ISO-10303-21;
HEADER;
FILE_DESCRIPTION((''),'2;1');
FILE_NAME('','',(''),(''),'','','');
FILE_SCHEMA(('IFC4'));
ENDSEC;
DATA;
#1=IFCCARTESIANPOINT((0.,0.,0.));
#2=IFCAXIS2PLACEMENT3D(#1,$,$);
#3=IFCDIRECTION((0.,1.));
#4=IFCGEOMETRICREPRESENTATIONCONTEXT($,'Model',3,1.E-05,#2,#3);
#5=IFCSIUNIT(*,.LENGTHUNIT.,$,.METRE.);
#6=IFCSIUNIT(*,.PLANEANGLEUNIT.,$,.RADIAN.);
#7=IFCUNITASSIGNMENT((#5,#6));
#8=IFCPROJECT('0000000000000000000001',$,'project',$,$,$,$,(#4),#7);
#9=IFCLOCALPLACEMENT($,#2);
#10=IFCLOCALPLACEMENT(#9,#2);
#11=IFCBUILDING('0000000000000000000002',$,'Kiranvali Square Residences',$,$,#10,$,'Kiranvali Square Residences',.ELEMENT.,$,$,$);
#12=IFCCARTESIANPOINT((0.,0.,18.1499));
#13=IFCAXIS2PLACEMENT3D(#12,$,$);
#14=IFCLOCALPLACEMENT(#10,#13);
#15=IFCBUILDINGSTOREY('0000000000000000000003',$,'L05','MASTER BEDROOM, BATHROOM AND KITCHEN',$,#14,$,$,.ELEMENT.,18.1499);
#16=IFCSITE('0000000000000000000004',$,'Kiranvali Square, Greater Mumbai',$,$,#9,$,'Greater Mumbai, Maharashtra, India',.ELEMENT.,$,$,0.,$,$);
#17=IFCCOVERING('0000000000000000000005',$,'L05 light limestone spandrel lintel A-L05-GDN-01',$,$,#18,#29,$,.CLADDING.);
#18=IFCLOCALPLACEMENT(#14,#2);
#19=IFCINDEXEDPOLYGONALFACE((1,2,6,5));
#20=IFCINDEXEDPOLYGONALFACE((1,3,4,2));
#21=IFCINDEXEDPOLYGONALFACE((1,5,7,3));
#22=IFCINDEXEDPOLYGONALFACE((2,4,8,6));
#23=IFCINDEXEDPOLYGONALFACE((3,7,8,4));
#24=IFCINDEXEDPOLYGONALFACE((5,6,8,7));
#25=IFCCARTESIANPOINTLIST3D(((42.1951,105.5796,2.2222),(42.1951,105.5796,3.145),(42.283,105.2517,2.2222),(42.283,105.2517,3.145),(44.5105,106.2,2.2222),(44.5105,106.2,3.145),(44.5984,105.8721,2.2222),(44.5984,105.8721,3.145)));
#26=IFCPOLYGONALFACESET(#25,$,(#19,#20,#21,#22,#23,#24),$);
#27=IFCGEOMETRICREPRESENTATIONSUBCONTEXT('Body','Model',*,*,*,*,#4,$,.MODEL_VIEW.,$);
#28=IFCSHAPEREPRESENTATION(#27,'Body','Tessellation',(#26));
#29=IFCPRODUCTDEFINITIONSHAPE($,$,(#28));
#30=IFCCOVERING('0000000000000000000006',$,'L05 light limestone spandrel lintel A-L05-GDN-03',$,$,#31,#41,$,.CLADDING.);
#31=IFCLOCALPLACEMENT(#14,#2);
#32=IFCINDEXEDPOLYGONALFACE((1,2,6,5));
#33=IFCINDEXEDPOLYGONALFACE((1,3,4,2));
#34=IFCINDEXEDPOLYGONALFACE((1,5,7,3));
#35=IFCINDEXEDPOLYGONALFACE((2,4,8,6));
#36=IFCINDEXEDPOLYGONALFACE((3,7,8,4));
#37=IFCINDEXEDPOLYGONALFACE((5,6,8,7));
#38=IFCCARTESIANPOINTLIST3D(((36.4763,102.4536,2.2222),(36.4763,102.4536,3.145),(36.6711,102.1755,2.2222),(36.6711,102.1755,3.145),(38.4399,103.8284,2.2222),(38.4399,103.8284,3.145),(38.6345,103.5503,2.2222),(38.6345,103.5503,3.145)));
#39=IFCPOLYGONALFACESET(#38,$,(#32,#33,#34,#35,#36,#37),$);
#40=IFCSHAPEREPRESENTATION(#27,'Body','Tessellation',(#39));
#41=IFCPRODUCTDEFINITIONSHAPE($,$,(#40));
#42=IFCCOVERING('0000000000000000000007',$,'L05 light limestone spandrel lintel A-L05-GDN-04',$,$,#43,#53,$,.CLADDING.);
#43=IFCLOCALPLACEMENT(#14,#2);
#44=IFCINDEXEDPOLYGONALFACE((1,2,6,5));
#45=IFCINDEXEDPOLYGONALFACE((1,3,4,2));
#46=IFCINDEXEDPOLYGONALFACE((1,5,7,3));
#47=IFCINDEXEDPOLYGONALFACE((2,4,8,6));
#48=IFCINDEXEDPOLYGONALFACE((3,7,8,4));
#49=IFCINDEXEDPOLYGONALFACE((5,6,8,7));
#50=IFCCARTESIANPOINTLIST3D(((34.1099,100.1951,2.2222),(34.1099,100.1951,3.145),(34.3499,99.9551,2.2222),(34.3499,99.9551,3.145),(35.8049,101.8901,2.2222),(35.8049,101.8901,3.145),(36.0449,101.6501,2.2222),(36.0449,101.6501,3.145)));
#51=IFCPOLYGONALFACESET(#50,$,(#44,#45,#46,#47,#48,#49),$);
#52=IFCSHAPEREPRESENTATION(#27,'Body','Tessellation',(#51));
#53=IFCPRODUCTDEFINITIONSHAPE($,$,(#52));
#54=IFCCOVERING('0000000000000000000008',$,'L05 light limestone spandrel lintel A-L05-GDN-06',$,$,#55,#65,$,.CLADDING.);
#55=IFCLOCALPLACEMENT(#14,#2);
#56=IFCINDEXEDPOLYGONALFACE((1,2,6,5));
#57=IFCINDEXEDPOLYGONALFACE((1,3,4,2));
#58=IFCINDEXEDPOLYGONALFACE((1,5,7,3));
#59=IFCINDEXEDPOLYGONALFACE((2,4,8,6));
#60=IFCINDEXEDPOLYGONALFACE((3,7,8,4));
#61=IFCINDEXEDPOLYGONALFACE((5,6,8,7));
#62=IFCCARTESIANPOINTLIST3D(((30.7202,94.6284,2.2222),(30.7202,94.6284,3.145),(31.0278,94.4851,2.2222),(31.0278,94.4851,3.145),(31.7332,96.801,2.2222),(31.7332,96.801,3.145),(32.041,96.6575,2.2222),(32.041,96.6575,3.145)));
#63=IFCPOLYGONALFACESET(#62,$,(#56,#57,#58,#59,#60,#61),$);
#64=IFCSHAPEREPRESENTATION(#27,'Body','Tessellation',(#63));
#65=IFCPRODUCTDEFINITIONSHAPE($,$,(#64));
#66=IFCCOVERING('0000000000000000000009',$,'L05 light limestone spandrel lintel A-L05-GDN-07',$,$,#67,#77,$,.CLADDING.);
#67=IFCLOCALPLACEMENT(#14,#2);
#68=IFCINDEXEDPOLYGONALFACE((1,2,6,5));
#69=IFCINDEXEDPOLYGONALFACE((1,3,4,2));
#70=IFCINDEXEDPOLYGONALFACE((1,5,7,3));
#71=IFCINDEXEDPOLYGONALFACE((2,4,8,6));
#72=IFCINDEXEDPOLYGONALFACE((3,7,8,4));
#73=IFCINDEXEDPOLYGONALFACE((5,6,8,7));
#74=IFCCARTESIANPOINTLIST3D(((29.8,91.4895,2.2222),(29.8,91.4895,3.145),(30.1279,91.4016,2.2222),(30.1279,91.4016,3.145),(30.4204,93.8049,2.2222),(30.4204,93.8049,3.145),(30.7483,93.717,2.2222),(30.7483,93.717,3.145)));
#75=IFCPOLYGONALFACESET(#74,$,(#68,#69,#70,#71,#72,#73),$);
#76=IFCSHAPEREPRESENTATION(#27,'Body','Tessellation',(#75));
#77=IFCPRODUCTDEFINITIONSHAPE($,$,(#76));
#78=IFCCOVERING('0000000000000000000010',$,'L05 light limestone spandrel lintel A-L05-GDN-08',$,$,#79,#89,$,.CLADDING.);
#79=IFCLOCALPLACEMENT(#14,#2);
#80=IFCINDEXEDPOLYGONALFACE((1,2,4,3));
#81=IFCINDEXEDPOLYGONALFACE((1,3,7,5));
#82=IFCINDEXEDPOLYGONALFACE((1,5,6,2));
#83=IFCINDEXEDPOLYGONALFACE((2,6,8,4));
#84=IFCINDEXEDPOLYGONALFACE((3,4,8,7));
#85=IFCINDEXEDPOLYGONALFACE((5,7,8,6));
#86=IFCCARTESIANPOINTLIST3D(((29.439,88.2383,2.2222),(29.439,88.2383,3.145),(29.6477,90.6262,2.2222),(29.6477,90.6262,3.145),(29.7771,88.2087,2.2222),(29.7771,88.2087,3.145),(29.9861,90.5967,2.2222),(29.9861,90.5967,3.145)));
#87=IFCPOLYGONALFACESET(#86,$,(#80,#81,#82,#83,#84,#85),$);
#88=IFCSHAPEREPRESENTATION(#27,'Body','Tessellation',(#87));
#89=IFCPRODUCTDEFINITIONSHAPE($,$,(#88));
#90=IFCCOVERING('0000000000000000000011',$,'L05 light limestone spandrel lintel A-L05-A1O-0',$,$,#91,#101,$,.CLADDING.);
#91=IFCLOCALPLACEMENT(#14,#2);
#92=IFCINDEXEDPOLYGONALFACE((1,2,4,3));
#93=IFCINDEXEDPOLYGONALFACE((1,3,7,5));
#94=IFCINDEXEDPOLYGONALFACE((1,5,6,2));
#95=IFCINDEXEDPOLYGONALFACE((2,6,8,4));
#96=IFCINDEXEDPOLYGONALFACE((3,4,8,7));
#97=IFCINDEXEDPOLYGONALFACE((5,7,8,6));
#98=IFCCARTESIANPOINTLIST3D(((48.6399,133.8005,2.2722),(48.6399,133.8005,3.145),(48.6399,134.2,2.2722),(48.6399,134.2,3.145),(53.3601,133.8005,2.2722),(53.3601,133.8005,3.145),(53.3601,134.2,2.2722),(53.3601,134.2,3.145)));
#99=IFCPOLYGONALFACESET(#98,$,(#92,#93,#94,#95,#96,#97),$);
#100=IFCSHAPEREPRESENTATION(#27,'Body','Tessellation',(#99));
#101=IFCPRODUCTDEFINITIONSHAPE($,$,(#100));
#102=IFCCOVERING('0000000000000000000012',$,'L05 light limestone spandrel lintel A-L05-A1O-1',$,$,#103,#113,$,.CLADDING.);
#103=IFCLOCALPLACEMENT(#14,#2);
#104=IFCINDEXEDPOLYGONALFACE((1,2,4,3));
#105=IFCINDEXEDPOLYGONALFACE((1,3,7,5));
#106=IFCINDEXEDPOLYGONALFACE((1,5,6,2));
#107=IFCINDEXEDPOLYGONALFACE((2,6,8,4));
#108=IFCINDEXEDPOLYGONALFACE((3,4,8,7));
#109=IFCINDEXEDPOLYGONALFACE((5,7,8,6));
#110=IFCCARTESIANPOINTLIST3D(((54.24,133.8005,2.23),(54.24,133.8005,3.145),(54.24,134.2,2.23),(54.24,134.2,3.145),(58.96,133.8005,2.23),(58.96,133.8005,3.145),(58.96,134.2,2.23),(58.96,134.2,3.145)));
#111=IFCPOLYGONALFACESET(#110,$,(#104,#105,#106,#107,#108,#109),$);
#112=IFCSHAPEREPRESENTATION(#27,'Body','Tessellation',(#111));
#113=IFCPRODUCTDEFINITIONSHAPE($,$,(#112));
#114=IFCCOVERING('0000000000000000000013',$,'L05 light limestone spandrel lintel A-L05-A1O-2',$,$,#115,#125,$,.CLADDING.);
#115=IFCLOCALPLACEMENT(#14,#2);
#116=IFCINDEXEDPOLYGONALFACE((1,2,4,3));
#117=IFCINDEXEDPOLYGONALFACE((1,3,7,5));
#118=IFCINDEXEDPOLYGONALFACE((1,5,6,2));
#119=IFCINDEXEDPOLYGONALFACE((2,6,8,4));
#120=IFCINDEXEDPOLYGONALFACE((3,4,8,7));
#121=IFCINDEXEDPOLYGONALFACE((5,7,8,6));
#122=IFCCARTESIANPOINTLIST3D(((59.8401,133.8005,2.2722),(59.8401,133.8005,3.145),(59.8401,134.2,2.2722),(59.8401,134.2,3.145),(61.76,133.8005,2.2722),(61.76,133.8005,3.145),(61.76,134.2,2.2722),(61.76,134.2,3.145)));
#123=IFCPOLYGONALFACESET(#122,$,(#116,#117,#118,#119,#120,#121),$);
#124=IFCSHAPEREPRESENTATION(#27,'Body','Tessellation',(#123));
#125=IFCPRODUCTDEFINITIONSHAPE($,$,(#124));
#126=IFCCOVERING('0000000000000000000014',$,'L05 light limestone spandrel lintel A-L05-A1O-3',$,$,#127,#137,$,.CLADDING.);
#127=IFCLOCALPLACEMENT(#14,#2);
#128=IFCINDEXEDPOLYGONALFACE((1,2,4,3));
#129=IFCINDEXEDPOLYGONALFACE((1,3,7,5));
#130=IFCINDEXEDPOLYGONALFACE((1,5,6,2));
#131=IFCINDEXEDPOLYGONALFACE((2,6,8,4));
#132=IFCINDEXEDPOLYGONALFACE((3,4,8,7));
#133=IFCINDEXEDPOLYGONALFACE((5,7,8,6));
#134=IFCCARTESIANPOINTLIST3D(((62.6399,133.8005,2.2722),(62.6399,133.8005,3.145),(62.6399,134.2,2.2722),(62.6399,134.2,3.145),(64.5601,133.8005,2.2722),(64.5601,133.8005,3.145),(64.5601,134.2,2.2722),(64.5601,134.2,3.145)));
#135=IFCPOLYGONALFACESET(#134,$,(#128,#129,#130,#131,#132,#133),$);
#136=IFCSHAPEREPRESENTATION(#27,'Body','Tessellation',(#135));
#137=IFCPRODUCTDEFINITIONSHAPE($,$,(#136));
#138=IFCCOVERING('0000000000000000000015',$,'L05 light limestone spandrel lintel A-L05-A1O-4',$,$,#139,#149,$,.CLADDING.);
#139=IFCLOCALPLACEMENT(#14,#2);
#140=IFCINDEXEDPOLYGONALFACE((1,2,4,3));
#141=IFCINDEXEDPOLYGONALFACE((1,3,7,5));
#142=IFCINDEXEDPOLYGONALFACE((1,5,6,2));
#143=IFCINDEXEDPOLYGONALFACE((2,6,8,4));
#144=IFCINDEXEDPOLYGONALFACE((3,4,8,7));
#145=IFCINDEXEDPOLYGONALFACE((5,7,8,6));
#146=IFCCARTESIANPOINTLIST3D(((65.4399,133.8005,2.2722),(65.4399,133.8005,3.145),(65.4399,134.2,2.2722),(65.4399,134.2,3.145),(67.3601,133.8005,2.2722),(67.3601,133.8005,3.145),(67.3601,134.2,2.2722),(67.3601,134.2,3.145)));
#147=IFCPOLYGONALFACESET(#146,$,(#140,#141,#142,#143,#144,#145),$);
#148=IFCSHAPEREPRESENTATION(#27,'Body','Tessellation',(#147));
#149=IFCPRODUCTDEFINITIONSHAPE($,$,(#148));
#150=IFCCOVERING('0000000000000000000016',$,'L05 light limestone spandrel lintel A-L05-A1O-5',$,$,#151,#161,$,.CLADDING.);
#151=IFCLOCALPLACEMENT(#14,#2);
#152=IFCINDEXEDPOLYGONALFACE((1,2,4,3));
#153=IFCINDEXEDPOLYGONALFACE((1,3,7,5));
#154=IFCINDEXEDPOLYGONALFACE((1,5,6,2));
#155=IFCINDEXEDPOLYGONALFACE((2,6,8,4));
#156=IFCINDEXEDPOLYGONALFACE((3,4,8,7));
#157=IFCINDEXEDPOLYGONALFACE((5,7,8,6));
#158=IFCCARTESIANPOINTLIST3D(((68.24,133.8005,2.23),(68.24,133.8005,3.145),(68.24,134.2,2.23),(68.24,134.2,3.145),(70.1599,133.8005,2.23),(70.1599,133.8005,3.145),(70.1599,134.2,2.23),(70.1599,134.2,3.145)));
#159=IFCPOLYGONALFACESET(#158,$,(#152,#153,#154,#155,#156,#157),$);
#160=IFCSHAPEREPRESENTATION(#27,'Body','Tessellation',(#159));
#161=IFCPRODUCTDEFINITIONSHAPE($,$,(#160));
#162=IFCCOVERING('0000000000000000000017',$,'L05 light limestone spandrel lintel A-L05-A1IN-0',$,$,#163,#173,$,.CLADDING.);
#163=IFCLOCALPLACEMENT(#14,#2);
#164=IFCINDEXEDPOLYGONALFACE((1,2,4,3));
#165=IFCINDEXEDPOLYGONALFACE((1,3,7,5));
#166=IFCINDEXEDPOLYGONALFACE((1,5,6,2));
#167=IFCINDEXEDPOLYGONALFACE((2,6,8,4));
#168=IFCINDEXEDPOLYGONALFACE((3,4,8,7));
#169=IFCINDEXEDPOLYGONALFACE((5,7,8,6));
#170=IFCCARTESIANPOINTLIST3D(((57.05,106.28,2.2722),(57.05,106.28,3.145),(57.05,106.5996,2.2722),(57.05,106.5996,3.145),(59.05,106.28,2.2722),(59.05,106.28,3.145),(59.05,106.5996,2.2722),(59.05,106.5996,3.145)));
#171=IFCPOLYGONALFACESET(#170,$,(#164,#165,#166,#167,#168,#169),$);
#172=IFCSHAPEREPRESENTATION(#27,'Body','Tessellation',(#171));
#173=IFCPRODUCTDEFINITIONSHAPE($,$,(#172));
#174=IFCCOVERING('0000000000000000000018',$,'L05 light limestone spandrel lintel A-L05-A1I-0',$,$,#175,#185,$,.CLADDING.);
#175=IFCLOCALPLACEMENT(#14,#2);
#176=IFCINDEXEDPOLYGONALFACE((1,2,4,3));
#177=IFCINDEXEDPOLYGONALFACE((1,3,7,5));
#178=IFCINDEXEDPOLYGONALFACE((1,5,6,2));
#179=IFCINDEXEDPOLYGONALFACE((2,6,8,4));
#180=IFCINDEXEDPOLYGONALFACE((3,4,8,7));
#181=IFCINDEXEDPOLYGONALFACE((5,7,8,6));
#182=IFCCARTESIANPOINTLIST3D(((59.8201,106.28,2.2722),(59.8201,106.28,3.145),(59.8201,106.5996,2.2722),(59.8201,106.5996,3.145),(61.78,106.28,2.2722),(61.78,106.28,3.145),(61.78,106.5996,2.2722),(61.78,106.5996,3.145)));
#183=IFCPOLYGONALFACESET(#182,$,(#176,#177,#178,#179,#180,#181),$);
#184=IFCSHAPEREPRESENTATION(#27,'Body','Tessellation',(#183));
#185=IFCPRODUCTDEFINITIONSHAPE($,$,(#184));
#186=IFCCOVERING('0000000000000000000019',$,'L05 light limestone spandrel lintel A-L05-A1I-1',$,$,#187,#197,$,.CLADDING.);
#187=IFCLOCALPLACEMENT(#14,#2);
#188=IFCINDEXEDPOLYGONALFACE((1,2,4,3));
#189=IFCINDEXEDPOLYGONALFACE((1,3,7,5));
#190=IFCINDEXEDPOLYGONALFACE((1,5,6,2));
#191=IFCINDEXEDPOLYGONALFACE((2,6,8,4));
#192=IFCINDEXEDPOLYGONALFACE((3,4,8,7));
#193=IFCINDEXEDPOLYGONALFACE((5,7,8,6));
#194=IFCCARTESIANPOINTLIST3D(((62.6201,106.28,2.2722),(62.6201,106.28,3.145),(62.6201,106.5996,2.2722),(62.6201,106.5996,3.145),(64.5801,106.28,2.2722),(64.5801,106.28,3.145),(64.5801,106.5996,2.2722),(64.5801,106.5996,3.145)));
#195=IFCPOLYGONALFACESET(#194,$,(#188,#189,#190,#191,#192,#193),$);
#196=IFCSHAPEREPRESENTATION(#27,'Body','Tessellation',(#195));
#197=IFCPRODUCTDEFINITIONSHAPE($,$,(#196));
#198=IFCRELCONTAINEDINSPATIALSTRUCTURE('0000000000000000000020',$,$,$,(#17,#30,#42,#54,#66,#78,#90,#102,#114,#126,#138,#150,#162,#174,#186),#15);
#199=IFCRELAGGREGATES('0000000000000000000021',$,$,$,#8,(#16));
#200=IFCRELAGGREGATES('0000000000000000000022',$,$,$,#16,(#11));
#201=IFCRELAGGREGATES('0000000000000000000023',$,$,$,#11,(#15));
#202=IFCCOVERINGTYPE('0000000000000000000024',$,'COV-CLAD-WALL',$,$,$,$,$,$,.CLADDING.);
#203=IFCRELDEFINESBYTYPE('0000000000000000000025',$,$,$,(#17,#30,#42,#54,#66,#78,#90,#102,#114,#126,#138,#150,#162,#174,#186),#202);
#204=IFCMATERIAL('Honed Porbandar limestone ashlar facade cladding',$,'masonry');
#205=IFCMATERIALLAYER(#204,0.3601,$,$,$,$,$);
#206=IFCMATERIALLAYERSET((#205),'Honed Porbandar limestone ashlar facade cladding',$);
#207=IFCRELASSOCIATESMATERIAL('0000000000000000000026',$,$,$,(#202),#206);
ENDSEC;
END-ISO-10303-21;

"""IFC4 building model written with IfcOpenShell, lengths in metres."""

from ifc_helpers import new_model, si_unit, direction, frame, origin, place, context, subcontext, project, spatial, polyline, outline, extrude, material, layer, layer_set, type_object, element, save


model = new_model("IFC4")

# Units and contexts
model_context = context("Model", 3, precision=1e-05, world=origin(), true_north=direction((0.0, 1.0)))
body_context = subcontext(model_context, "Body", "Model", "MODEL_VIEW")
ifc_project = project(units=[si_unit("LENGTHUNIT", "METRE"), si_unit("PLANEANGLEUNIT", "RADIAN")], contexts=[model_context])

# Site, building, storey
site_placement = place(None, origin())
site = spatial("IfcSite", under=ifc_project, at=site_placement, Name="Kiranvali Square, Greater Mumbai", LongName="Greater Mumbai, Maharashtra, India", CompositionType="ELEMENT", RefElevation=0.0)
building_placement = place(site_placement, origin())
building = spatial("IfcBuilding", under=site, at=building_placement, Name="Kiranvali Square Residences", LongName="Kiranvali Square Residences", CompositionType="ELEMENT")
storey_placement = place(building_placement, frame((0.0, 0.0, 18.1499)))
storey = spatial("IfcBuildingStorey", under=building, at=storey_placement, Name="L05", Description="MASTER BEDROOM, BATHROOM AND KITCHEN", CompositionType="ELEMENT", Elevation=18.1499)

# Coverings
ifc_material = material(Name="Honed Porbandar limestone ashlar facade cladding", Category="masonry")
ifc_layer = layer(ifc_material, 0.3601)
ifc_layer_set = layer_set([ifc_layer], Name="Honed Porbandar limestone ashlar facade cladding")
covering_type = type_object("IfcCoveringType", Name="COV-CLAD-WALL", PredefinedType="CLADDING", material=ifc_layer_set)
covering_1_placement = place(storey_placement, frame((0.0, 0.0, 2.2222)))
element("IfcCovering", 1, at=covering_1_placement, inside=storey, type_object=covering_type, Name="L05 light limestone spandrel lintel A-L05-GDN-01", PredefinedType="CLADDING", context=body_context, shape_type="SweptSolid", body=[
    extrude(outline(polyline([(44.5105, 106.2), (42.1951, 105.5796), (42.283, 105.2517), (44.5984, 105.8721), (44.5105, 106.2)])), origin(), (0.0, 0.0, 1.0), 0.9229),
])
covering_2_placement = place(storey_placement, frame((0.0, 0.0, 2.2222)))
element("IfcCovering", 2, at=covering_2_placement, inside=storey, type_object=covering_type, Name="L05 light limestone spandrel lintel A-L05-GDN-03", PredefinedType="CLADDING", context=body_context, shape_type="SweptSolid", body=[
    extrude(outline(polyline([(38.4399, 103.8284), (36.4763, 102.4536), (36.6711, 102.1755), (38.6345, 103.5503), (38.4399, 103.8284)])), origin(), (0.0, 0.0, 1.0), 0.9229),
])
covering_3_placement = place(storey_placement, frame((0.0, 0.0, 2.2222)))
element("IfcCovering", 3, at=covering_3_placement, inside=storey, type_object=covering_type, Name="L05 light limestone spandrel lintel A-L05-GDN-04", PredefinedType="CLADDING", context=body_context, shape_type="SweptSolid", body=[
    extrude(outline(polyline([(35.8049, 101.8901), (34.1099, 100.1951), (34.3499, 99.9551), (36.0449, 101.6501), (35.8049, 101.8901)])), origin(), (0.0, 0.0, 1.0), 0.9229),
])
covering_4_placement = place(storey_placement, frame((0.0, 0.0, 2.2222)))
element("IfcCovering", 4, at=covering_4_placement, inside=storey, type_object=covering_type, Name="L05 light limestone spandrel lintel A-L05-GDN-06", PredefinedType="CLADDING", context=body_context, shape_type="SweptSolid", body=[
    extrude(outline(polyline([(31.7332, 96.801), (30.7202, 94.6284), (31.0278, 94.4851), (32.041, 96.6575), (31.7332, 96.801)])), origin(), (0.0, 0.0, 1.0), 0.9229),
])
covering_5_placement = place(storey_placement, frame((0.0, 0.0, 2.2222)))
element("IfcCovering", 5, at=covering_5_placement, inside=storey, type_object=covering_type, Name="L05 light limestone spandrel lintel A-L05-GDN-07", PredefinedType="CLADDING", context=body_context, shape_type="SweptSolid", body=[
    extrude(outline(polyline([(30.4204, 93.8049), (29.8, 91.4895), (30.1279, 91.4016), (30.7483, 93.717), (30.4204, 93.8049)])), origin(), (0.0, 0.0, 1.0), 0.9229),
])
covering_6_placement = place(storey_placement, frame((0.0, 0.0, 2.2222)))
element("IfcCovering", 6, at=covering_6_placement, inside=storey, type_object=covering_type, Name="L05 light limestone spandrel lintel A-L05-GDN-08", PredefinedType="CLADDING", context=body_context, shape_type="SweptSolid", body=[
    extrude(outline(polyline([(29.6477, 90.6262), (29.439, 88.2383), (29.7771, 88.2087), (29.9861, 90.5967), (29.6477, 90.6262)])), origin(), (0.0, 0.0, 1.0), 0.9229),
])
covering_7_placement = place(storey_placement, frame((0.0, 0.0, 2.2722)))
element("IfcCovering", 7, at=covering_7_placement, inside=storey, type_object=covering_type, Name="L05 light limestone spandrel lintel A-L05-A1O-0", PredefinedType="CLADDING", context=body_context, shape_type="SweptSolid", body=[
    extrude(outline(polyline([(48.6399, 133.8005), (53.3601, 133.8005), (53.3601, 134.2), (48.6399, 134.2), (48.6399, 133.8005)])), origin(), (0.0, 0.0, 1.0), 0.8728),
])
covering_8_placement = place(storey_placement, frame((0.0, 0.0, 2.23)))
element("IfcCovering", 8, at=covering_8_placement, inside=storey, type_object=covering_type, Name="L05 light limestone spandrel lintel A-L05-A1O-1", PredefinedType="CLADDING", context=body_context, shape_type="SweptSolid", body=[
    extrude(outline(polyline([(54.24, 133.8005), (58.96, 133.8005), (58.96, 134.2), (54.24, 134.2), (54.24, 133.8005)])), origin(), (0.0, 0.0, 1.0), 0.915),
])
covering_9_placement = place(storey_placement, frame((0.0, 0.0, 2.2722)))
element("IfcCovering", 9, at=covering_9_placement, inside=storey, type_object=covering_type, Name="L05 light limestone spandrel lintel A-L05-A1O-2", PredefinedType="CLADDING", context=body_context, shape_type="SweptSolid", body=[
    extrude(outline(polyline([(59.8401, 133.8005), (61.76, 133.8005), (61.76, 134.2), (59.8401, 134.2), (59.8401, 133.8005)])), origin(), (0.0, 0.0, 1.0), 0.8728),
])
covering_10_placement = place(storey_placement, frame((0.0, 0.0, 2.2722)))
element("IfcCovering", 10, at=covering_10_placement, inside=storey, type_object=covering_type, Name="L05 light limestone spandrel lintel A-L05-A1O-3", PredefinedType="CLADDING", context=body_context, shape_type="SweptSolid", body=[
    extrude(outline(polyline([(62.6399, 133.8005), (64.5601, 133.8005), (64.5601, 134.2), (62.6399, 134.2), (62.6399, 133.8005)])), origin(), (0.0, 0.0, 1.0), 0.8728),
])
covering_11_placement = place(storey_placement, frame((0.0, 0.0, 2.2722)))
element("IfcCovering", 11, at=covering_11_placement, inside=storey, type_object=covering_type, Name="L05 light limestone spandrel lintel A-L05-A1O-4", PredefinedType="CLADDING", context=body_context, shape_type="SweptSolid", body=[
    extrude(outline(polyline([(65.4399, 133.8005), (67.3601, 133.8005), (67.3601, 134.2), (65.4399, 134.2), (65.4399, 133.8005)])), origin(), (0.0, 0.0, 1.0), 0.8728),
])
covering_12_placement = place(storey_placement, frame((0.0, 0.0, 2.23)))
element("IfcCovering", 12, at=covering_12_placement, inside=storey, type_object=covering_type, Name="L05 light limestone spandrel lintel A-L05-A1O-5", PredefinedType="CLADDING", context=body_context, shape_type="SweptSolid", body=[
    extrude(outline(polyline([(68.24, 133.8005), (70.1599, 133.8005), (70.1599, 134.2), (68.24, 134.2), (68.24, 133.8005)])), origin(), (0.0, 0.0, 1.0), 0.915),
])
covering_13_placement = place(storey_placement, frame((0.0, 0.0, 2.2722)))
element("IfcCovering", 13, at=covering_13_placement, inside=storey, type_object=covering_type, Name="L05 light limestone spandrel lintel A-L05-A1IN-0", PredefinedType="CLADDING", context=body_context, shape_type="SweptSolid", body=[
    extrude(outline(polyline([(57.05, 106.28), (59.05, 106.28), (59.05, 106.5996), (57.05, 106.5996), (57.05, 106.28)])), origin(), (0.0, 0.0, 1.0), 0.8728),
])
covering_14_placement = place(storey_placement, frame((0.0, 0.0, 2.2722)))
element("IfcCovering", 14, at=covering_14_placement, inside=storey, type_object=covering_type, Name="L05 light limestone spandrel lintel A-L05-A1I-0", PredefinedType="CLADDING", context=body_context, shape_type="SweptSolid", body=[
    extrude(outline(polyline([(59.8201, 106.28), (61.78, 106.28), (61.78, 106.5996), (59.8201, 106.5996), (59.8201, 106.28)])), origin(), (0.0, 0.0, 1.0), 0.8728),
])
covering_15_placement = place(storey_placement, frame((0.0, 0.0, 2.2722)))
element("IfcCovering", 15, at=covering_15_placement, inside=storey, type_object=covering_type, Name="L05 light limestone spandrel lintel A-L05-A1I-1", PredefinedType="CLADDING", context=body_context, shape_type="SweptSolid", body=[
    extrude(outline(polyline([(62.6201, 106.28), (64.5801, 106.28), (64.5801, 106.5996), (62.6201, 106.5996), (62.6201, 106.28)])), origin(), (0.0, 0.0, 1.0), 0.8728),
])

save(model, "model.ifc")
